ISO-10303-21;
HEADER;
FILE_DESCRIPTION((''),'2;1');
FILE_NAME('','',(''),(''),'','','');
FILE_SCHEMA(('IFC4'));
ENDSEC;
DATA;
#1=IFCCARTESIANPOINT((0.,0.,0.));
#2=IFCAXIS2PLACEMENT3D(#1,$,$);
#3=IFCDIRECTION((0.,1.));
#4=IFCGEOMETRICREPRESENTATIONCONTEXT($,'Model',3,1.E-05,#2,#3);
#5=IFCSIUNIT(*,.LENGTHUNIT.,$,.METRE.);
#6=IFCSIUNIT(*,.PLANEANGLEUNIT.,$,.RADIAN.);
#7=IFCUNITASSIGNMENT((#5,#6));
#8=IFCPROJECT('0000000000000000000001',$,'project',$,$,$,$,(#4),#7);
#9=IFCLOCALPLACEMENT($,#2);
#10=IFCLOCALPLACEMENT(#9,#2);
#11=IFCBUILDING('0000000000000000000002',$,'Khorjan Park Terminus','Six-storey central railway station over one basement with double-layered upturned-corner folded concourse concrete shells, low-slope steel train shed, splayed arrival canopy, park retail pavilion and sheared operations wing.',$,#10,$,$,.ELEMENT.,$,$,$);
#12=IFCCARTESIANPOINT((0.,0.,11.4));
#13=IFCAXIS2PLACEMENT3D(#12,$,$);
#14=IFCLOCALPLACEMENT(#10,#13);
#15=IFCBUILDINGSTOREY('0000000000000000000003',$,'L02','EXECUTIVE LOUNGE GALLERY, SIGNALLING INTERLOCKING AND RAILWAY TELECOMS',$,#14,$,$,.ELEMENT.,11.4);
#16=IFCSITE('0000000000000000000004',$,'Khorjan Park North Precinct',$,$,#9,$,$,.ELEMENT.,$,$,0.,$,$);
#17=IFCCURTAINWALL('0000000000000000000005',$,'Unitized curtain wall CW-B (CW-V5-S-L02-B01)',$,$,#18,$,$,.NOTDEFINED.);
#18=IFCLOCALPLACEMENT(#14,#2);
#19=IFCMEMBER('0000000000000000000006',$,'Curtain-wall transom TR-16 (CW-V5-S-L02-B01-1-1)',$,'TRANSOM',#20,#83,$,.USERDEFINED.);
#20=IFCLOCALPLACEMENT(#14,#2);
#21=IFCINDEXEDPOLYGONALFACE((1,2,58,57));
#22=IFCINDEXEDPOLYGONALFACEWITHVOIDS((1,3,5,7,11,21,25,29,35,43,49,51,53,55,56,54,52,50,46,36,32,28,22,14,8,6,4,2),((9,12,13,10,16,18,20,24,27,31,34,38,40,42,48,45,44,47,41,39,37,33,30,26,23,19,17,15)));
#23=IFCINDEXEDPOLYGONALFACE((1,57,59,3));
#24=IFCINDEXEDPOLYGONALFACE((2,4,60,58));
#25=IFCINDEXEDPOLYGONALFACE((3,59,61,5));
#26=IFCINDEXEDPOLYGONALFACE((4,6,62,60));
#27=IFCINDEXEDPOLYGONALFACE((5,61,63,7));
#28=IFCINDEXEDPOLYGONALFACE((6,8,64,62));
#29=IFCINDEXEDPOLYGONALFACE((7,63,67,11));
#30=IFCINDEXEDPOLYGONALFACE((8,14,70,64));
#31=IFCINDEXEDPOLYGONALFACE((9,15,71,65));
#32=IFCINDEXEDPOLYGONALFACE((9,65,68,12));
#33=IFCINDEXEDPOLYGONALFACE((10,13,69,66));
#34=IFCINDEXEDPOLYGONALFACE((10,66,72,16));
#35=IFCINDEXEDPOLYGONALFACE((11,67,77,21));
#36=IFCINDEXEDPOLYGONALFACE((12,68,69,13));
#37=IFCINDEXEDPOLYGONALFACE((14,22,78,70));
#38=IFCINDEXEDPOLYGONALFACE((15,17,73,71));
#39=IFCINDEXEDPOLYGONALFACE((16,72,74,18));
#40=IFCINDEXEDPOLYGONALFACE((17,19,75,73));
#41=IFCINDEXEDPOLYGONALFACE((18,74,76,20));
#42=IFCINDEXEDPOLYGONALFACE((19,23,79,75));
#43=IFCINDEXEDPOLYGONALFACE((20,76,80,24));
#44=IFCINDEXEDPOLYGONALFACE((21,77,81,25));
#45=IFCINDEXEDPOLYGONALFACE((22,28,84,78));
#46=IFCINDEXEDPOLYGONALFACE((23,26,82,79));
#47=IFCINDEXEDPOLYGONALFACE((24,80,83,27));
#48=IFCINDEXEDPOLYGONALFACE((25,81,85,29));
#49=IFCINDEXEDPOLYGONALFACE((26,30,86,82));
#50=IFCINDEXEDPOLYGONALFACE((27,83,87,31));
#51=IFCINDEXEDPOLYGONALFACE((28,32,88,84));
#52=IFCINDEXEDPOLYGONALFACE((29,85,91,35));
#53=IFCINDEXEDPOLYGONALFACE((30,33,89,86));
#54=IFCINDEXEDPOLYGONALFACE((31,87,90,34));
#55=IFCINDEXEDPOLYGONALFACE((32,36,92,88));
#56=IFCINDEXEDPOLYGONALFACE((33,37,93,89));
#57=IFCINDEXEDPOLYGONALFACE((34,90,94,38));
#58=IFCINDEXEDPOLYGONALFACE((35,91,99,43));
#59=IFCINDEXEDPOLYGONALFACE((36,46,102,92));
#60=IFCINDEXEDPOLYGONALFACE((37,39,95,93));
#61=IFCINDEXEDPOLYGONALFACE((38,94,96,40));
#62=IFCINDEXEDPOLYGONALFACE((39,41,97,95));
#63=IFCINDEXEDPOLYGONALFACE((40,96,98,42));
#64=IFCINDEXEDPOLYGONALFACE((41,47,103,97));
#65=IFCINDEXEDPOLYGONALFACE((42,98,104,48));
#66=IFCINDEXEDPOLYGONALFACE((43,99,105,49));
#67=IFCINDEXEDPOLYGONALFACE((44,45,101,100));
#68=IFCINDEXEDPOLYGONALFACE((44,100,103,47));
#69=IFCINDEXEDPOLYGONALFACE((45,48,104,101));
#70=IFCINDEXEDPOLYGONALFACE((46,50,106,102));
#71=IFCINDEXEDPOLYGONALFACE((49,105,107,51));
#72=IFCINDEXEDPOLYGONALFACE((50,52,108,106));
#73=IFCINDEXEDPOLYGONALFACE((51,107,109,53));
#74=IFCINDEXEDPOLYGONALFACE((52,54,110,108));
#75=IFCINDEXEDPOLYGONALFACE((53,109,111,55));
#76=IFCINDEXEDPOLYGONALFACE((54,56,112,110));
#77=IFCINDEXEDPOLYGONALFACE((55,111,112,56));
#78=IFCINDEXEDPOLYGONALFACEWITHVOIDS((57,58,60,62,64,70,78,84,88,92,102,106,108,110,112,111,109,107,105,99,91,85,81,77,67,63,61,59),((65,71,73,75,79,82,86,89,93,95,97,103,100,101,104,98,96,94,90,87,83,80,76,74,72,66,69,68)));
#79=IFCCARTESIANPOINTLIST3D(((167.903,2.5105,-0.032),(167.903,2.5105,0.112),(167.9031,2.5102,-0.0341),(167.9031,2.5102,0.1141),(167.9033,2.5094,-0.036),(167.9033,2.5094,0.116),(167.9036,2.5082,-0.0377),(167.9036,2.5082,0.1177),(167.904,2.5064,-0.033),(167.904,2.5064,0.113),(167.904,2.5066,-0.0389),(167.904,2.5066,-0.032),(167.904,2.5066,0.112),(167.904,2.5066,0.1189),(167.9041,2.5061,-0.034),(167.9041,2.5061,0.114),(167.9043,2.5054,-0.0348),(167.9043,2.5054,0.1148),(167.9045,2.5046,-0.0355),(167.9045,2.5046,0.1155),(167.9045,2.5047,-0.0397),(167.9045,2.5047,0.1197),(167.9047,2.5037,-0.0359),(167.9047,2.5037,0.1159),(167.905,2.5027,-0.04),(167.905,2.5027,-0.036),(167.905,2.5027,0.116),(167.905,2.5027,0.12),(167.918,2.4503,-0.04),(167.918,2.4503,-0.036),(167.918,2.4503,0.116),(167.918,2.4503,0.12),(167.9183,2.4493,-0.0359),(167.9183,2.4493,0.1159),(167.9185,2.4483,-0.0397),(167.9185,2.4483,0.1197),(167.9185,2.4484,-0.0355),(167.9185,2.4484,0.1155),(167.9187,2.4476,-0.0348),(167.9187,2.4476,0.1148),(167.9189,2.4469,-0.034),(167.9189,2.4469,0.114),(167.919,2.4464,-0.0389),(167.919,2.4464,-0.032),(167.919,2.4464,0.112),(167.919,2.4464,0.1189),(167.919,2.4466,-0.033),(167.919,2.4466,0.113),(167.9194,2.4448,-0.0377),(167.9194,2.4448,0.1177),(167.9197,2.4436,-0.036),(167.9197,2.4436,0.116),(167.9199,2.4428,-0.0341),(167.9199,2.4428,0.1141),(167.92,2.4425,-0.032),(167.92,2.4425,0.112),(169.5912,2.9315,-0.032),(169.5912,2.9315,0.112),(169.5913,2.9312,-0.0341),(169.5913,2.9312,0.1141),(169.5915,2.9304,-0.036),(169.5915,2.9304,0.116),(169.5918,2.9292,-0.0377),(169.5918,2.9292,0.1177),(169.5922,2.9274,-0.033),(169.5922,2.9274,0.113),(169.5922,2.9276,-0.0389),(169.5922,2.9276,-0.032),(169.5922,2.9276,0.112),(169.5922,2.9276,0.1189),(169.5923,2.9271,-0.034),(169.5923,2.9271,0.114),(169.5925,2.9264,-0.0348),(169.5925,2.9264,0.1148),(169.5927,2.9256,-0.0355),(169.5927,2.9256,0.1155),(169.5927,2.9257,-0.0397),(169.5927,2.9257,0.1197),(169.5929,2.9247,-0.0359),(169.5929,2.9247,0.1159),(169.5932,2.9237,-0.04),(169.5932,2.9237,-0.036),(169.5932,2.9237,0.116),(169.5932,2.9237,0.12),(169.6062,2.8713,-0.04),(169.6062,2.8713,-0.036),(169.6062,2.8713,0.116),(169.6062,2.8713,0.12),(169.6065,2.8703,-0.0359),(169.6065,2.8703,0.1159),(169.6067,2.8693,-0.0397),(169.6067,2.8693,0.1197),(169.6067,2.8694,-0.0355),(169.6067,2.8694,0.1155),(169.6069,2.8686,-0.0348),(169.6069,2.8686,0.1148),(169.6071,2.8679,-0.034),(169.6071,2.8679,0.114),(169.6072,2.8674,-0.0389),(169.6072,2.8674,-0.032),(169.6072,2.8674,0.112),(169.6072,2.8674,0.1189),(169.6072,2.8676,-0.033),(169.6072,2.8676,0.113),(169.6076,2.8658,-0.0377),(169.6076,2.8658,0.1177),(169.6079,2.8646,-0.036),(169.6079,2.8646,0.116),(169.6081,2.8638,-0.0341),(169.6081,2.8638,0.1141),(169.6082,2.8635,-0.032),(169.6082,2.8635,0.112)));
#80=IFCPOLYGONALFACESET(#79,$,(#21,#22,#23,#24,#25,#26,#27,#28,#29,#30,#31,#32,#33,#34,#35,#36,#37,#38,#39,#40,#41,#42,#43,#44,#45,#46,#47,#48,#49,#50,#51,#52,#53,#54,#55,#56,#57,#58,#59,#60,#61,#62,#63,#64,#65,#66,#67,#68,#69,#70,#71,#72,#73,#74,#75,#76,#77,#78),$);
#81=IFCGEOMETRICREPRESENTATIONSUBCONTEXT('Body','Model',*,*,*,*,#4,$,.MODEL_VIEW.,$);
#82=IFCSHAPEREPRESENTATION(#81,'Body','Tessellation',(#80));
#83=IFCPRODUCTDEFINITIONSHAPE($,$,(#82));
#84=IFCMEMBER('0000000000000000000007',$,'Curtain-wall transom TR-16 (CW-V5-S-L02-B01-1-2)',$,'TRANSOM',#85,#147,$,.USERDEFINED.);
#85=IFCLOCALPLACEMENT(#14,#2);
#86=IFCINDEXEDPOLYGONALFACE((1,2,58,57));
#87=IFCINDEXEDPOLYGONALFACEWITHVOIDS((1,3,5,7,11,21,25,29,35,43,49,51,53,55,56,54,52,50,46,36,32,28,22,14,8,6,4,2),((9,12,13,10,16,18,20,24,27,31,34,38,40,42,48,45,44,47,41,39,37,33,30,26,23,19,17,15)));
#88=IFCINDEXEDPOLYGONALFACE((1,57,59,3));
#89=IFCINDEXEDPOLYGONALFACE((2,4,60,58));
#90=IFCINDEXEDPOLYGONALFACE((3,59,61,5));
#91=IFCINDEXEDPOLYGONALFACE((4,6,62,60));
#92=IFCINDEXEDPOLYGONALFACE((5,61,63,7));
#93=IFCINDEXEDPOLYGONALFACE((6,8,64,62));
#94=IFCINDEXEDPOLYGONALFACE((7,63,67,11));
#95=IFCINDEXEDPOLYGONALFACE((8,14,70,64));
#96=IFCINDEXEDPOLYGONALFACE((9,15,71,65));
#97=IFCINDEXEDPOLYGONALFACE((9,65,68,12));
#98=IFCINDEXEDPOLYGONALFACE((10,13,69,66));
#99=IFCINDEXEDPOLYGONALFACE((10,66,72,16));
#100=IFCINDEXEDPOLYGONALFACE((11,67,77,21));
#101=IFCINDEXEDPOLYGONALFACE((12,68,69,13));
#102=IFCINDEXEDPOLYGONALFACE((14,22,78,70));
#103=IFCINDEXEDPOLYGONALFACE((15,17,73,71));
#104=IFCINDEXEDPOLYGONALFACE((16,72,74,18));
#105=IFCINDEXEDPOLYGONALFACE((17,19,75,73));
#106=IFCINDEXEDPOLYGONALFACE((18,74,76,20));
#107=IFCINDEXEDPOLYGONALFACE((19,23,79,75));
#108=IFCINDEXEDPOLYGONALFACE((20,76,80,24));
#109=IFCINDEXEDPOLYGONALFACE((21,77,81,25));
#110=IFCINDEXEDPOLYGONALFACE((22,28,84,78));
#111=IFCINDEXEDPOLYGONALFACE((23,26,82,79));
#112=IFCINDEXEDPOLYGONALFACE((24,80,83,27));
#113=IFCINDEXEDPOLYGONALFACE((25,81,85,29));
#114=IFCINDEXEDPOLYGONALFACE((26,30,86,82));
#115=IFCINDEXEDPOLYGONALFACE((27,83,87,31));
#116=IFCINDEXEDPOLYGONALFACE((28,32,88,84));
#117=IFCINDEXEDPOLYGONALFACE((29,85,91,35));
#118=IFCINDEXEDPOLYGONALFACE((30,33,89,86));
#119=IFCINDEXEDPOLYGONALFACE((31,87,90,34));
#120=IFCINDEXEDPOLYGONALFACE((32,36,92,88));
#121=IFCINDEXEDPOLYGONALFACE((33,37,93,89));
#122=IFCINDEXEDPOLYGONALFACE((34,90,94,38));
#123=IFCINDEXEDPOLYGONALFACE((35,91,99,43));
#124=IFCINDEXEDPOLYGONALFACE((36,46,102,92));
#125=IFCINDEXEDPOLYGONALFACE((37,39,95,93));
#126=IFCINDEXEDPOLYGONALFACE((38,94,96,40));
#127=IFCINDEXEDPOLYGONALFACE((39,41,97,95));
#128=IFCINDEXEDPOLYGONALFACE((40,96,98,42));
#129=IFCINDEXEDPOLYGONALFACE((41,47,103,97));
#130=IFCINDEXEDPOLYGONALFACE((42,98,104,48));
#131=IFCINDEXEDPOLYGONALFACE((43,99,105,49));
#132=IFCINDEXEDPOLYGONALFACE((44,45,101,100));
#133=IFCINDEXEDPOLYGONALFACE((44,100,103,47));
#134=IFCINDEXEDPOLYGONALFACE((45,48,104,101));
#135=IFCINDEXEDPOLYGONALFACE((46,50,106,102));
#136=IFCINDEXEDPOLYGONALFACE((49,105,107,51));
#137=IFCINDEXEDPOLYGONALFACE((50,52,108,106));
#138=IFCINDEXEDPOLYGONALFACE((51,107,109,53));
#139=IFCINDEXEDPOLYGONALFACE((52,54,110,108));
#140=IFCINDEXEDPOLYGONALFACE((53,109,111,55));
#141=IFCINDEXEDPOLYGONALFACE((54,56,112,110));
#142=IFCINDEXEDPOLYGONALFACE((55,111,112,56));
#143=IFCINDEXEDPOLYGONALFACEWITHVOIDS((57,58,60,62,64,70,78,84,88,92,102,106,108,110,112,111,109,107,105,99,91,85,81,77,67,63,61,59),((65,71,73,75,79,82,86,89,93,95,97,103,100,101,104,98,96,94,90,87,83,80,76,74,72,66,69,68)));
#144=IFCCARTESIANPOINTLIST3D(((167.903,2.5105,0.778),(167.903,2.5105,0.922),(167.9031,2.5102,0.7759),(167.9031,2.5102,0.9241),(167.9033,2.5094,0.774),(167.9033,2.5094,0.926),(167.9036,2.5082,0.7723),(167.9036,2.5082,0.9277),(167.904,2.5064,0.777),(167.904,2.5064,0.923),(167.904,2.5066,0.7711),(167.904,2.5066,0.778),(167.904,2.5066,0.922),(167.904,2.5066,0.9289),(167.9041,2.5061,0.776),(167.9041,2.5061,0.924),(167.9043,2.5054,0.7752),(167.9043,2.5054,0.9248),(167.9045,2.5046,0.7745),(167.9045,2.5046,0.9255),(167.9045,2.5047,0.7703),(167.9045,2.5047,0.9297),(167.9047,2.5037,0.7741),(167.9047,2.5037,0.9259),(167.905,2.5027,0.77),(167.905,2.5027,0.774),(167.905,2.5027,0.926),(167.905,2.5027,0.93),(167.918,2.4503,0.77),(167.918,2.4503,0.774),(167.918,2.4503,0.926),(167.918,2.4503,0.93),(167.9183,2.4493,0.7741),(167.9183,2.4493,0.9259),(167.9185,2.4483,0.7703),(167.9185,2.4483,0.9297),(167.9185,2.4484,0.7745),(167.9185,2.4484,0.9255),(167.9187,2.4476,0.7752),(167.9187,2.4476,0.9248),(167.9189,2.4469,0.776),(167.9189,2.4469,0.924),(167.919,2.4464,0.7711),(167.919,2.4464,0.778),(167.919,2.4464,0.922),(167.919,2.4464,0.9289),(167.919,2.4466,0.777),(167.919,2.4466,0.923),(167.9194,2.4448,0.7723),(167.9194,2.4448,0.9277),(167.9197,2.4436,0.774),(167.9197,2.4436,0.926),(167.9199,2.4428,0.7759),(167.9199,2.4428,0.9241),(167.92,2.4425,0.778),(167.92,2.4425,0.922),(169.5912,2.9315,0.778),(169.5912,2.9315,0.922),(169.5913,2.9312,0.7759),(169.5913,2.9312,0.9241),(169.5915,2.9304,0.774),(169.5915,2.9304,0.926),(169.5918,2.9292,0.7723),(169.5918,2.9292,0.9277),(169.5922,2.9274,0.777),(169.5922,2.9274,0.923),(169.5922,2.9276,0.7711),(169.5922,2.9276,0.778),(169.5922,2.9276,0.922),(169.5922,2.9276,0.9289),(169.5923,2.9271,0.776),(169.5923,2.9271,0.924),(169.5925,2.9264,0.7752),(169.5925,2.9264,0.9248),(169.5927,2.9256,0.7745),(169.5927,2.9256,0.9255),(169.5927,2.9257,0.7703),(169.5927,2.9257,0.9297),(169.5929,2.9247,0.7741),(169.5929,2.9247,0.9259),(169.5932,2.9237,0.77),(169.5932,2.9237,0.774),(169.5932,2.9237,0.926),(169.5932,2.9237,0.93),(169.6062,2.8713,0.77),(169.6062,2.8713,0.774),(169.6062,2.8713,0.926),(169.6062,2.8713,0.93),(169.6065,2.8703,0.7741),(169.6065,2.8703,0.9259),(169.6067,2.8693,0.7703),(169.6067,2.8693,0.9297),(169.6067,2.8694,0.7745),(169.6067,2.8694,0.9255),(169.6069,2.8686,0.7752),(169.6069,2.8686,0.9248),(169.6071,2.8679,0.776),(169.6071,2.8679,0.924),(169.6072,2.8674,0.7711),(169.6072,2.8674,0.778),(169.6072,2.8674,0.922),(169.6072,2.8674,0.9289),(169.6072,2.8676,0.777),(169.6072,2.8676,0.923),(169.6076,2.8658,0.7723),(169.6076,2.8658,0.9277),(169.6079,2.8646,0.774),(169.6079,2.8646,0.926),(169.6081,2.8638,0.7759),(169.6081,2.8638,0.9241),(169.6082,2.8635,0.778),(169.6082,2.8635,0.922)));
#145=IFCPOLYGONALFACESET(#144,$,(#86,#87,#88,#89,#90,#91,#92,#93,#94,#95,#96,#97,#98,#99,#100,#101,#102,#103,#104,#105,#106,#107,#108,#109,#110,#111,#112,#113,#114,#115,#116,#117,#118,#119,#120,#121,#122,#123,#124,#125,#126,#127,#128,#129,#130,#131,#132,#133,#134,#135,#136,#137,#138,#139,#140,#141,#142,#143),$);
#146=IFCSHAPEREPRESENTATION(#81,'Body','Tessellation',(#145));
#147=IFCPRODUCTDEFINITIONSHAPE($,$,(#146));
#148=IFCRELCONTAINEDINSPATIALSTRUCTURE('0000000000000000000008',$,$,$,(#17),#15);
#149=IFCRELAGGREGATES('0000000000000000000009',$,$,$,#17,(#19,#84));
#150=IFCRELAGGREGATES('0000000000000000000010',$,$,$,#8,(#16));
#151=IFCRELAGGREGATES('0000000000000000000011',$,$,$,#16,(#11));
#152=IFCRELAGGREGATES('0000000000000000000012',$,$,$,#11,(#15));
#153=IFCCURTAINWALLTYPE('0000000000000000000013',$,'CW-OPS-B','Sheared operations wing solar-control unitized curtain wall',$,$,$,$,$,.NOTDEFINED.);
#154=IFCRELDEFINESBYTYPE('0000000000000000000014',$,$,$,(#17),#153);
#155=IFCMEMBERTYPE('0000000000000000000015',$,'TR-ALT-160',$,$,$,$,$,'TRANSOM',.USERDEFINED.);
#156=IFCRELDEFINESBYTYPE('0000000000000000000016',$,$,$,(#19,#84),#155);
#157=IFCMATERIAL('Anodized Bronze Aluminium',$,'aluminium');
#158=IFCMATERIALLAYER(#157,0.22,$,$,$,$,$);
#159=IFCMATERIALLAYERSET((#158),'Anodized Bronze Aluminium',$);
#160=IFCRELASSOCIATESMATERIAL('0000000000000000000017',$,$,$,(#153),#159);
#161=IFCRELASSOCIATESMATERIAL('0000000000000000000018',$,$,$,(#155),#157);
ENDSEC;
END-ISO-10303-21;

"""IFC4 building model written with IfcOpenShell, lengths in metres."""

from ifc_helpers import new_model, si_unit, direction, frame, origin, origin_2d, place, context, subcontext, project, spatial, hollow_rectangle, extrude, material, layer, layer_set, material_profile, profile_set, type_object, element, aggregate, save


model = new_model("IFC4")

# Units and contexts
model_context = context("Model", 3, precision=1e-05, world=origin(), true_north=direction((0.0, 1.0)))
body_context = subcontext(model_context, "Body", "Model", "MODEL_VIEW")
ifc_project = project(units=[si_unit("LENGTHUNIT", "METRE"), si_unit("PLANEANGLEUNIT", "RADIAN")], contexts=[model_context])

# Site, building, storey
site_placement = place(None, origin())
site = spatial("IfcSite", under=ifc_project, at=site_placement, Name="Khorjan Park North Precinct", CompositionType="ELEMENT", RefElevation=0.0)
building_placement = place(site_placement, origin())
building = spatial("IfcBuilding", under=site, at=building_placement, Name="Khorjan Park Terminus", Description="Six-storey central railway station over one basement with double-layered upturned-corner folded concourse concrete shells, low-slope steel train shed, splayed arrival canopy, park retail pavilion and sheared operations wing.", CompositionType="ELEMENT")
storey_placement = place(building_placement, frame((0.0, 0.0, 11.4)))
storey = spatial("IfcBuildingStorey", under=building, at=storey_placement, Name="L02", Description="EXECUTIVE LOUNGE GALLERY, SIGNALLING INTERLOCKING AND RAILWAY TELECOMS", CompositionType="ELEMENT", Elevation=11.4)

# Curtain wall
ifc_material_1 = material(Name="Anodized Bronze Aluminium", Category="aluminium")
ifc_layer_1 = layer(ifc_material_1, 0.22)
ifc_layer_set_1 = layer_set([ifc_layer_1], Name="Anodized Bronze Aluminium")
curtain_wall_type = type_object("IfcCurtainWallType", Name="CW-OPS-B", Description="Sheared operations wing solar-control unitized curtain wall", PredefinedType="NOTDEFINED", material=ifc_layer_set_1)
curtain_wall_1_placement = place(storey_placement, origin())
curtain_wall_1 = element("IfcCurtainWall", 1, at=curtain_wall_1_placement, inside=storey, type_object=curtain_wall_type, Name="Unitized curtain wall CW-B (CW-V5-S-L02-B01)", PredefinedType="NOTDEFINED")

# Members
ifc_material_profile_1 = material_profile(ifc_material_1, hollow_rectangle(XDim=0.07, YDim=0.16, WallThickness=0.004, InnerFilletRadius=0.004, OuterFilletRadius=0.008, at=origin_2d()), Name="ALT 70x160x4")
ifc_profile_set_1 = profile_set([ifc_material_profile_1], Name="Anodized Bronze Aluminium")
member_type_1 = type_object("IfcMemberType", Name="TR-ALT-160", ElementType="TRANSOM", PredefinedType="USERDEFINED", material=ifc_profile_set_1)
member_1_placement = place(storey_placement, frame((167.9115, 2.4765, 0.04), z_axis=(0.970284, 0.241968, 0.0), x_axis=(-0.241968, 0.970284, 0.0)))
member_1 = element("IfcMember", 2, at=member_1_placement, type_object=member_type_1, Name="Curtain-wall transom TR-16 (CW-V5-S-L02-B01-1-1)", ObjectType="TRANSOM", PredefinedType="USERDEFINED", context=body_context, shape_type="SweptSolid", body=[
    extrude(hollow_rectangle(XDim=0.07, YDim=0.16, WallThickness=0.004, InnerFilletRadius=0.004, OuterFilletRadius=0.008, at=origin_2d()), origin(), (0.0, 0.0, 1.0), 1.7399),
])
member_2_placement = place(storey_placement, frame((167.9115, 2.4765, 0.85), z_axis=(0.970284, 0.241968, 0.0), x_axis=(-0.241968, 0.970284, 0.0)))
member_2 = element("IfcMember", 3, at=member_2_placement, type_object=member_type_1, Name="Curtain-wall transom TR-16 (CW-V5-S-L02-B01-1-2)", ObjectType="TRANSOM", PredefinedType="USERDEFINED", context=body_context, shape_type="SweptSolid", body=[
    extrude(hollow_rectangle(XDim=0.07, YDim=0.16, WallThickness=0.004, InnerFilletRadius=0.004, OuterFilletRadius=0.008, at=origin_2d()), origin(), (0.0, 0.0, 1.0), 1.7399),
])

aggregate(curtain_wall_1, [member_1, member_2])

save(model, "model.ifc")
